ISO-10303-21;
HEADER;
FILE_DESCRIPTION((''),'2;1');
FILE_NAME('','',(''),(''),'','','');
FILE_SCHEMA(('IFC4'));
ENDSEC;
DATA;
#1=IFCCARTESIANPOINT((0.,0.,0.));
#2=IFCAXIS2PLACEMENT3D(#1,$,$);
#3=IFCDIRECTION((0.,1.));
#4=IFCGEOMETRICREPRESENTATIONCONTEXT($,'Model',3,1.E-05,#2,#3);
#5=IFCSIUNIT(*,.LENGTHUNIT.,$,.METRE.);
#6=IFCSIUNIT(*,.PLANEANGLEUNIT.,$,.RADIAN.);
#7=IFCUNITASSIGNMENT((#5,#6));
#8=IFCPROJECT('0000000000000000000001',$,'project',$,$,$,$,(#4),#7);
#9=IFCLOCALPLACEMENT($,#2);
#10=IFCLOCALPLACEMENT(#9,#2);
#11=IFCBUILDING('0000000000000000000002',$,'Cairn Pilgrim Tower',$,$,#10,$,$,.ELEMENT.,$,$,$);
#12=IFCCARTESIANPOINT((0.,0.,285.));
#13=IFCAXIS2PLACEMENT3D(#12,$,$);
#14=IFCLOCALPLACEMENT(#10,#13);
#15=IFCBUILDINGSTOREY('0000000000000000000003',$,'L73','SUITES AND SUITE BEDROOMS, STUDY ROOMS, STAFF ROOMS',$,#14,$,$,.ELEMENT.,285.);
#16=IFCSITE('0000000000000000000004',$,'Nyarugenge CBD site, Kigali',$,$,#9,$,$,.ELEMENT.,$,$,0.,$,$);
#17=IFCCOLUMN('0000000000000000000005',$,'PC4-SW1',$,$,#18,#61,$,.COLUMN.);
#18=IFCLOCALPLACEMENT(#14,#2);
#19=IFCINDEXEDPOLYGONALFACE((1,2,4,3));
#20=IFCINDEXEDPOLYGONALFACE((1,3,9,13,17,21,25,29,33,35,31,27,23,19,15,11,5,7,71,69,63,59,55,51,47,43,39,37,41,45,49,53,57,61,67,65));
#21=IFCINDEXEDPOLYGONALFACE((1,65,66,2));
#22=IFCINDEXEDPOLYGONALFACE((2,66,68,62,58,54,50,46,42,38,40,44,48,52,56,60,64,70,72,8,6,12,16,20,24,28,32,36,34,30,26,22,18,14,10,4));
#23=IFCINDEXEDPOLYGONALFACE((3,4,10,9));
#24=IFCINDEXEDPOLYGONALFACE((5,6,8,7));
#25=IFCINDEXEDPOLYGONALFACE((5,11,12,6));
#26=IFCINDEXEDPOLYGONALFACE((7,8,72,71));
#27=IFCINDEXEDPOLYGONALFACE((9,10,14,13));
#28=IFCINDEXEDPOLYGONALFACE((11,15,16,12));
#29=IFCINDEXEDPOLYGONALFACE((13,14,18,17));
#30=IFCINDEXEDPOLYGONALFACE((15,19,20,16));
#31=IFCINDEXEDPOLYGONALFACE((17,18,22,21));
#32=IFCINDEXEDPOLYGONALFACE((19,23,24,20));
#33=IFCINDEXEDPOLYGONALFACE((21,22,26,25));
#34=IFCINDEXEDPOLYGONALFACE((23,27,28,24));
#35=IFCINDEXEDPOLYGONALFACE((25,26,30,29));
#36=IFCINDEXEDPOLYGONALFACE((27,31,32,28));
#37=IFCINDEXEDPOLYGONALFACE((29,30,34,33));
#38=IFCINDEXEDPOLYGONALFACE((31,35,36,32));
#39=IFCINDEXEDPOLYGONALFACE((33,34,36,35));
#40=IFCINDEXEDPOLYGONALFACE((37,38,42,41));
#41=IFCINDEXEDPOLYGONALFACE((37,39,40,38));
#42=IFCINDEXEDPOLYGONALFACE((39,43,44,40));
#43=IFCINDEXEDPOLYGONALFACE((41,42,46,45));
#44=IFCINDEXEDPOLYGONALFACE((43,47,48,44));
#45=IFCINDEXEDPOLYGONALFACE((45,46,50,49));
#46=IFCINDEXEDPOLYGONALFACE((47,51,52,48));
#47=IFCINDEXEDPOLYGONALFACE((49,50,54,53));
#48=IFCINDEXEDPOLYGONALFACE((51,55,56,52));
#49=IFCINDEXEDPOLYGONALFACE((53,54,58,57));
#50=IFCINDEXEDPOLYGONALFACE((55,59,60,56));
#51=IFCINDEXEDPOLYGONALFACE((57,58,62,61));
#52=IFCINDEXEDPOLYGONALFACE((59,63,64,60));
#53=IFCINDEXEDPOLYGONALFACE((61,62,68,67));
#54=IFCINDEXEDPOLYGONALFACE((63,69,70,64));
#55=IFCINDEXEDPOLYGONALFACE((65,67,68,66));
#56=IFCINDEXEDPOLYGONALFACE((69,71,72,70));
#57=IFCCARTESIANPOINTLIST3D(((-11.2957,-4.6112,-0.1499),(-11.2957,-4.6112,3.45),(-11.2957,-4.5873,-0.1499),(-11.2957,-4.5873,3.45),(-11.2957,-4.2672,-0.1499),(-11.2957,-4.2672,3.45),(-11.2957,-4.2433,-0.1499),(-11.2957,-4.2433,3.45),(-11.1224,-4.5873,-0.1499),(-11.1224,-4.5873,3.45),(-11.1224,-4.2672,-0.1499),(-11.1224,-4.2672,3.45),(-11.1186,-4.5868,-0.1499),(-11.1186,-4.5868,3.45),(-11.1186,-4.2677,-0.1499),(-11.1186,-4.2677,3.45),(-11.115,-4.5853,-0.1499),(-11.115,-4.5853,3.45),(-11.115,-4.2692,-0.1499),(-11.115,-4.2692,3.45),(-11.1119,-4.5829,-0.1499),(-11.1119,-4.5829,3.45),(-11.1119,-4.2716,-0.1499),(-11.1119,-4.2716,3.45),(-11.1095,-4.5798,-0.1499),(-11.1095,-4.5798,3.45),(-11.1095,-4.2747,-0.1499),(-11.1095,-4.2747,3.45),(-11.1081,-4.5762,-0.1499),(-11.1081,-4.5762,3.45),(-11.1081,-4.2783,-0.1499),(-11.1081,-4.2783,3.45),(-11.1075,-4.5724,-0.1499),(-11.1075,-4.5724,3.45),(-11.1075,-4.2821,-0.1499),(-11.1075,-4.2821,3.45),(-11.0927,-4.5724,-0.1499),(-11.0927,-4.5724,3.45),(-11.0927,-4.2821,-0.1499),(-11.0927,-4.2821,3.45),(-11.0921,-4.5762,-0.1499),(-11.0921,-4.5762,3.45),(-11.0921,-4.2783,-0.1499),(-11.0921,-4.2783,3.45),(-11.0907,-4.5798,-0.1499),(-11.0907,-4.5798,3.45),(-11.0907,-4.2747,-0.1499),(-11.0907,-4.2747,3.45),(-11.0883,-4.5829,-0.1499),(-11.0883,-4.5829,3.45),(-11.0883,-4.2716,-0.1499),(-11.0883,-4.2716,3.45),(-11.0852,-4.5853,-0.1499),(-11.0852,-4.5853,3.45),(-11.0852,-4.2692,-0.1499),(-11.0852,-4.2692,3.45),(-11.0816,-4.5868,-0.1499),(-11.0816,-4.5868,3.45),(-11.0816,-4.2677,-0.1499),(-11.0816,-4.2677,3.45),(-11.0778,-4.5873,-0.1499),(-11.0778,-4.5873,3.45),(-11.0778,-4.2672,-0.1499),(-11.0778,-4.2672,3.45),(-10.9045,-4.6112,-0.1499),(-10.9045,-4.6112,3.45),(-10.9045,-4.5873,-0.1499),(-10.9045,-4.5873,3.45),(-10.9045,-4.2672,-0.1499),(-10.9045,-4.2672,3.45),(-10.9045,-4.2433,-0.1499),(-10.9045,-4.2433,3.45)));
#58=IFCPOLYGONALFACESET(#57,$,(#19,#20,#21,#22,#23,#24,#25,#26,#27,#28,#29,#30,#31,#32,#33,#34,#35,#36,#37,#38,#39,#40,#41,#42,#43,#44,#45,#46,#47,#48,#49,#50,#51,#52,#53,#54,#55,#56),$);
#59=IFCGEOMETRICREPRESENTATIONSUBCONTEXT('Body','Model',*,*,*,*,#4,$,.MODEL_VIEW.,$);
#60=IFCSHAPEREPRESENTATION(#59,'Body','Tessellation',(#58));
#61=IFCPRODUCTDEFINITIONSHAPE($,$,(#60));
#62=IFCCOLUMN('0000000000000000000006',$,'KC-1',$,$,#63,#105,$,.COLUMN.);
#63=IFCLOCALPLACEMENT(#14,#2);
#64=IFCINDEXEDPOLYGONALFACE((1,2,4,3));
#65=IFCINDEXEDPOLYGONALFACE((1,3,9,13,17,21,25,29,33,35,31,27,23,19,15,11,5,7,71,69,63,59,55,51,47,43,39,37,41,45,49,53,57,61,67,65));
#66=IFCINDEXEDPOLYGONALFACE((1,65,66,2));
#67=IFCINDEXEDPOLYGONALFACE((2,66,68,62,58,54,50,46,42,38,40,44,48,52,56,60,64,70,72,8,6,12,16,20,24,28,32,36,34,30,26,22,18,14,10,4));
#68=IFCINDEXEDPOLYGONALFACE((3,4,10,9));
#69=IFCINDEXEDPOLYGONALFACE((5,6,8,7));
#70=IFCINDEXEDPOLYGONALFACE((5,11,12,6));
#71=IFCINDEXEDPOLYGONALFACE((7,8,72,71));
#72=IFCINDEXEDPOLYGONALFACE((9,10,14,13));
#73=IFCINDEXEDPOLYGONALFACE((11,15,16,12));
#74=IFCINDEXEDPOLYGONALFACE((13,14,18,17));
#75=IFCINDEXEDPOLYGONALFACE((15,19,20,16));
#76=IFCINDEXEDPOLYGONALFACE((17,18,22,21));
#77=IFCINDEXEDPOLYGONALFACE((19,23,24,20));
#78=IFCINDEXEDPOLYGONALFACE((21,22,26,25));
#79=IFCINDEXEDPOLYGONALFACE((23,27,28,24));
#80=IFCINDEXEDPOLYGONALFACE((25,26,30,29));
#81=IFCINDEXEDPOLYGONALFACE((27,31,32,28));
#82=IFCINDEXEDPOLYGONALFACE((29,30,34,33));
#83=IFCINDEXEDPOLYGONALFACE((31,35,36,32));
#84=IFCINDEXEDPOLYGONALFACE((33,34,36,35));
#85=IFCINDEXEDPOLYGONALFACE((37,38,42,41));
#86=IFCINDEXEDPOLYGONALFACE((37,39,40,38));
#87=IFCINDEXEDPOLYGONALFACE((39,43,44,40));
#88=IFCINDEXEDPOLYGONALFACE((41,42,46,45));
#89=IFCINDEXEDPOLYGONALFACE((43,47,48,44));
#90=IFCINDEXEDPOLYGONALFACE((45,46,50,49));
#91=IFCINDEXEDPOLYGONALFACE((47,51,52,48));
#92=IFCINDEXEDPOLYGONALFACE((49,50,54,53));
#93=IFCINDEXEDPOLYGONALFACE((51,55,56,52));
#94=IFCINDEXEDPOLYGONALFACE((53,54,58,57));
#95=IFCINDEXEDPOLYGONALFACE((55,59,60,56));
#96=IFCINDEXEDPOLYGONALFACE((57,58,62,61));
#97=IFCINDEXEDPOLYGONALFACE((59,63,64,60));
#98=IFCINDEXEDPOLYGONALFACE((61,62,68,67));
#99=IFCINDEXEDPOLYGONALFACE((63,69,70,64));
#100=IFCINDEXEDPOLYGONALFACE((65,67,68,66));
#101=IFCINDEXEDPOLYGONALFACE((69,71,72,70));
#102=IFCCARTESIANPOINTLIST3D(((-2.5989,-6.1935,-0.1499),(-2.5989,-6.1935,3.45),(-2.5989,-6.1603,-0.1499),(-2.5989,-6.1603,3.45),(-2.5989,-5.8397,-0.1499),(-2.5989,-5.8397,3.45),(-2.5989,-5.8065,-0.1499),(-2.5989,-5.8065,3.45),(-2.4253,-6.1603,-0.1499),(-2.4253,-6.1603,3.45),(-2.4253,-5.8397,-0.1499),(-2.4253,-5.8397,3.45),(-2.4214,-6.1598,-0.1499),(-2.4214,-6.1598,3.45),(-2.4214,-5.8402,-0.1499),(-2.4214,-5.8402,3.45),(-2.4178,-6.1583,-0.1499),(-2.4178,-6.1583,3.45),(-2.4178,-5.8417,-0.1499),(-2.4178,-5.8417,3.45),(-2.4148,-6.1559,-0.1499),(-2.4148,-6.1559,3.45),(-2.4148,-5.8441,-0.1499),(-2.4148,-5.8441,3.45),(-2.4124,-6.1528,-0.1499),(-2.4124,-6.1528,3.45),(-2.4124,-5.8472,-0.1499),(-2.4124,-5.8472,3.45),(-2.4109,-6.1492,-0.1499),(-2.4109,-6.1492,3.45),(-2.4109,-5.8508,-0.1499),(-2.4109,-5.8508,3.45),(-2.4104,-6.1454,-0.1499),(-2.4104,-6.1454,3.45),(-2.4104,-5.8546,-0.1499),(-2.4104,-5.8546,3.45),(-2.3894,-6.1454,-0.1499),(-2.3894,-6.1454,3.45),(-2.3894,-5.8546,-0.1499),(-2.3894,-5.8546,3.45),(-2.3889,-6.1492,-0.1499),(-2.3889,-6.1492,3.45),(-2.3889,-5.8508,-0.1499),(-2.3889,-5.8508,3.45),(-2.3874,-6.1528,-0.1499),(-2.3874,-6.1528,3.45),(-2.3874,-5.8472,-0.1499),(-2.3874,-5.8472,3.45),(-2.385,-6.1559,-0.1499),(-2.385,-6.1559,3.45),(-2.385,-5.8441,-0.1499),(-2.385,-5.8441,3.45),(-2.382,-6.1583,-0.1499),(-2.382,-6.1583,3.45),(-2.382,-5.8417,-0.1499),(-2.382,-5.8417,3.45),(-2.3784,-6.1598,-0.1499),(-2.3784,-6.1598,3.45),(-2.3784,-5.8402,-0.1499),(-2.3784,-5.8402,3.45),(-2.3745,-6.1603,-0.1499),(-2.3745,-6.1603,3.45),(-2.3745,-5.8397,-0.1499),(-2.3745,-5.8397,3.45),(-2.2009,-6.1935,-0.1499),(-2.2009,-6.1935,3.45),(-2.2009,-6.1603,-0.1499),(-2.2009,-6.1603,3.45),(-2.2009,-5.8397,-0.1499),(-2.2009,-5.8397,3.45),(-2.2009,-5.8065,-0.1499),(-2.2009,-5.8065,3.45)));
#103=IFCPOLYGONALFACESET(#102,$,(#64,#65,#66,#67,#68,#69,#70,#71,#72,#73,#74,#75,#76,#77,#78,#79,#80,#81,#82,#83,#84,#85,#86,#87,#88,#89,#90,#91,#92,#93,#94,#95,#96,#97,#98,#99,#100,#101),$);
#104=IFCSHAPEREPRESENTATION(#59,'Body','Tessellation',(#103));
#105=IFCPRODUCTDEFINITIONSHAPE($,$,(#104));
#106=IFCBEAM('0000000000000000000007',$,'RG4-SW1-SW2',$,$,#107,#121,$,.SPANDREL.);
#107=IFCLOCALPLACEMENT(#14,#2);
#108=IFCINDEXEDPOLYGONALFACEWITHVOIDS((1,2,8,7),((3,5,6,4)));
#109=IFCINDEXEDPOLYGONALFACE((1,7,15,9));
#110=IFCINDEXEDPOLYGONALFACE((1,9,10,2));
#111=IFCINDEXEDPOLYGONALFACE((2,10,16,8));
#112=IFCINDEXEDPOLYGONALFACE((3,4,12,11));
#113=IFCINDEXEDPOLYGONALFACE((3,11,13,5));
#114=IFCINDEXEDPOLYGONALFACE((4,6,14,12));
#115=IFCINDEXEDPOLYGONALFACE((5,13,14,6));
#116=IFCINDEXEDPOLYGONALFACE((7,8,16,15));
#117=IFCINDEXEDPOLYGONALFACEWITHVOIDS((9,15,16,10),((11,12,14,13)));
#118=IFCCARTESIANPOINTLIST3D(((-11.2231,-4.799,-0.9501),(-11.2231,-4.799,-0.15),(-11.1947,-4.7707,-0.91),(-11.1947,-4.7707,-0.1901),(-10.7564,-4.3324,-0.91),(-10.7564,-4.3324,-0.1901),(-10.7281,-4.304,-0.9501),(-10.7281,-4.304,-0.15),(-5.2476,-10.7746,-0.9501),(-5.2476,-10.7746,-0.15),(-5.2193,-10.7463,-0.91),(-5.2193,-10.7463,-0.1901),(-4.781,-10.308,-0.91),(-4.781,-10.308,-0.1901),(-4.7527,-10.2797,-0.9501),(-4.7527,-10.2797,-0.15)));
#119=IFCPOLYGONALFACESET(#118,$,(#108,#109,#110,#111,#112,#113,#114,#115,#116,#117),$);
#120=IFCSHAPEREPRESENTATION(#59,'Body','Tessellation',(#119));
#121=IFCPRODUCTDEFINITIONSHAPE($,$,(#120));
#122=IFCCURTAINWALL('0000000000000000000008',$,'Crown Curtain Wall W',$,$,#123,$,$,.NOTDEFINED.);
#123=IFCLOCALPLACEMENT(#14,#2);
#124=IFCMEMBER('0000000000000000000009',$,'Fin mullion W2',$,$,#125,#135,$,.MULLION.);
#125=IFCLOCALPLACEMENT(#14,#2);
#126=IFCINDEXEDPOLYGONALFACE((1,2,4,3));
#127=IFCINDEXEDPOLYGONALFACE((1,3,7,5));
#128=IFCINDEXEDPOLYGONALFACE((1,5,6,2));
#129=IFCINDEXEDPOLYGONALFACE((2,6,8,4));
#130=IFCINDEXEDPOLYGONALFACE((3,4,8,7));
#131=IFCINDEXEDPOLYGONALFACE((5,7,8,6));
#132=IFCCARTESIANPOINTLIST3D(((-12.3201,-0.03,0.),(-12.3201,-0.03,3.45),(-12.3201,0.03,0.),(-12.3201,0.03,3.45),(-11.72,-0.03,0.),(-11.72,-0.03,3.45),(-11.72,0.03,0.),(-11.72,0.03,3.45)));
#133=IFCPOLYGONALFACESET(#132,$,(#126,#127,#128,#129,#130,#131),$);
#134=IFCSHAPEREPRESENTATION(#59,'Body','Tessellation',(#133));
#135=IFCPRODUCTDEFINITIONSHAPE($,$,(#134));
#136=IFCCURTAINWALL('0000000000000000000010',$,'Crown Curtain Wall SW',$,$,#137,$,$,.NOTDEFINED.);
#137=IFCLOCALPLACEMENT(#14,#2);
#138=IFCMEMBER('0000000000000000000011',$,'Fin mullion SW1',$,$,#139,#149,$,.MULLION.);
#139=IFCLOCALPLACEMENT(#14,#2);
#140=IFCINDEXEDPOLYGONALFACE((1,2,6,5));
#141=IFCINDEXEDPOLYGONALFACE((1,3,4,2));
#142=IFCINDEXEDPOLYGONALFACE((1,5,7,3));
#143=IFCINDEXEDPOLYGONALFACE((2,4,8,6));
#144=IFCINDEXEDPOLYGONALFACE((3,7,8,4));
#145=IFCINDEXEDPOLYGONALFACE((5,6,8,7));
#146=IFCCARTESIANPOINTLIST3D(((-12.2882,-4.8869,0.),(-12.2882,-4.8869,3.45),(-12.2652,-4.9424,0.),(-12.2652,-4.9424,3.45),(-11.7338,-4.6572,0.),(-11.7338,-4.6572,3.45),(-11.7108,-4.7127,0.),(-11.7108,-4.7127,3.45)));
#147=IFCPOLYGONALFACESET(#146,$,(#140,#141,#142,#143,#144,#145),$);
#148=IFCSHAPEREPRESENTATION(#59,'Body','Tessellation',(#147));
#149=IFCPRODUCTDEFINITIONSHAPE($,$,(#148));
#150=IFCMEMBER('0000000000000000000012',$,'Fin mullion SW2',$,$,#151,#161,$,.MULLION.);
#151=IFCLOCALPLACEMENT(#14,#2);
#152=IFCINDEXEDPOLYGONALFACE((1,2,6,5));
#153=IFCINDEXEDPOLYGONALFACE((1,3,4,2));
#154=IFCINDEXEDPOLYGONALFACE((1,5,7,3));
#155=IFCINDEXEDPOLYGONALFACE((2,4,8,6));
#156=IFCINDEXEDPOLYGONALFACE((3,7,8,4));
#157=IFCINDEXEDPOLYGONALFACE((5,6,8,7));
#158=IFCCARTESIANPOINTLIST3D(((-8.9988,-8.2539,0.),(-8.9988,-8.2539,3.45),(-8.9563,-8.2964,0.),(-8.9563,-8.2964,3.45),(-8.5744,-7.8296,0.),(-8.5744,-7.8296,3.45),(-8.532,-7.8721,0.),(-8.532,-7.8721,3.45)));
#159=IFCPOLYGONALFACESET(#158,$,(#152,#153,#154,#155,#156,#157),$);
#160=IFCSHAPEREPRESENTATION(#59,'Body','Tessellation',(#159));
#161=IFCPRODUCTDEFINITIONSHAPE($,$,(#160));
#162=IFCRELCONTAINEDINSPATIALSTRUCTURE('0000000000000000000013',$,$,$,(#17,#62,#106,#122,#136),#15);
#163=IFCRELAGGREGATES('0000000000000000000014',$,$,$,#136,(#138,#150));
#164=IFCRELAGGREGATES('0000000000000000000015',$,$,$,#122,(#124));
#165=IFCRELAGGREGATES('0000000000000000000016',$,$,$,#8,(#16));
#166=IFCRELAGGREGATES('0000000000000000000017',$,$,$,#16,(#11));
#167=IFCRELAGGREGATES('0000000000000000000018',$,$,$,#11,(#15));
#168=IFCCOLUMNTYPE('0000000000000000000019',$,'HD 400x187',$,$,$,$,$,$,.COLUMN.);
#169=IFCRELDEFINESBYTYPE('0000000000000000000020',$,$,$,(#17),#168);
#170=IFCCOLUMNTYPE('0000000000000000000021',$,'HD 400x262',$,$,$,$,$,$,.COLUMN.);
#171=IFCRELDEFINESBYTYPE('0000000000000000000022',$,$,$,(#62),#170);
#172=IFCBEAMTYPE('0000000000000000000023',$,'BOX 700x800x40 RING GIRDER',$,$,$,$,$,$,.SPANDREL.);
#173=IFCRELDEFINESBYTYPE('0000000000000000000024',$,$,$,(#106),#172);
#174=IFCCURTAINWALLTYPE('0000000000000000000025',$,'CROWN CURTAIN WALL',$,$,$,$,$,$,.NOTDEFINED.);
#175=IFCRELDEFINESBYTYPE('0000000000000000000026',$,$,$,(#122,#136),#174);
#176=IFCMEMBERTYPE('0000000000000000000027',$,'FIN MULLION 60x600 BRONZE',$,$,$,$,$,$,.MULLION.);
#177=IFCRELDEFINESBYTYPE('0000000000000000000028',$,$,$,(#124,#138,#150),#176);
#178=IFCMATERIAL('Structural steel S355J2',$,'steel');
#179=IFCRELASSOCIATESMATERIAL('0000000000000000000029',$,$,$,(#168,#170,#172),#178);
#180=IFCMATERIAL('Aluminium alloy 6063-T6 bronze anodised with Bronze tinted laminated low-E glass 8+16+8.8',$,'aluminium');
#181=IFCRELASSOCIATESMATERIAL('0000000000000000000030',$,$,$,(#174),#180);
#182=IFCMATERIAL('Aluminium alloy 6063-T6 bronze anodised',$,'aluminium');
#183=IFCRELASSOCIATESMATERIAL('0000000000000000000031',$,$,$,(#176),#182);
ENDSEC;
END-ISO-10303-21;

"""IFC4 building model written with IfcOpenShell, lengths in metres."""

from ifc_helpers import new_model, si_unit, direction, frame, origin, origin_2d, place, context, subcontext, project, spatial, rectangle, hollow_rectangle, i_section, extrude, material, material_profile, profile_set, type_object, element, aggregate, save


model = new_model("IFC4")

# Units and contexts
model_context = context("Model", 3, precision=1e-05, world=origin(), true_north=direction((0.0, 1.0)))
body_context = subcontext(model_context, "Body", "Model", "MODEL_VIEW")
ifc_project = project(units=[si_unit("LENGTHUNIT", "METRE"), si_unit("PLANEANGLEUNIT", "RADIAN")], contexts=[model_context])

# Site, building, storey
site_placement = place(None, origin())
site = spatial("IfcSite", under=ifc_project, at=site_placement, Name="Nyarugenge CBD site, Kigali", CompositionType="ELEMENT", RefElevation=0.0)
building_placement = place(site_placement, origin())
building = spatial("IfcBuilding", under=site, at=building_placement, Name="Cairn Pilgrim Tower", CompositionType="ELEMENT")
storey_placement = place(building_placement, frame((0.0, 0.0, 285.0)))
storey = spatial("IfcBuildingStorey", under=building, at=storey_placement, Name="L73", Description="SUITES AND SUITE BEDROOMS, STUDY ROOMS, STAFF ROOMS", CompositionType="ELEMENT", Elevation=285.0)

# Columns
ifc_material_1 = material(Name="Structural steel S355J2", Category="steel")
ifc_material_profile_1 = material_profile(ifc_material_1, i_section(OverallWidth=0.3911, OverallDepth=0.3679, WebThickness=0.0149, FlangeThickness=0.0239, FilletRadius=0.0149, at=origin_2d()), Name="HD 400x187")
ifc_profile_set_1 = profile_set([ifc_material_profile_1], Name="Structural steel S355J2")
column_type_1 = type_object("IfcColumnType", Name="HD 400x187", PredefinedType="COLUMN", material=ifc_profile_set_1)
column_1_placement = place(storey_placement, frame((-11.1001, -4.4272, -0.1499), z_axis=(0.0, 0.0, 1.0), x_axis=(1.0, 0.0, 0.0)))
element("IfcColumn", 1, at=column_1_placement, inside=storey, type_object=column_type_1, Name="PC4-SW1", PredefinedType="COLUMN", context=body_context, shape_type="SweptSolid", body=[
    extrude(i_section(OverallWidth=0.3911, OverallDepth=0.3679, WebThickness=0.0149, FlangeThickness=0.0239, FilletRadius=0.0149, at=origin_2d()), origin(), (0.0, 0.0, 1.0), 3.5999),
])
ifc_material_profile_2 = material_profile(ifc_material_1, i_section(OverallWidth=0.3979, OverallDepth=0.387, WebThickness=0.021, FlangeThickness=0.0332, FilletRadius=0.0149, at=origin_2d()), Name="HD 400x262")
ifc_profile_set_2 = profile_set([ifc_material_profile_2], Name="Structural steel S355J2")
column_type_2 = type_object("IfcColumnType", Name="HD 400x262", PredefinedType="COLUMN", material=ifc_profile_set_2)
column_2_placement = place(storey_placement, frame((-2.3999, -6.0, -0.1499), z_axis=(0.0, 0.0, 1.0), x_axis=(1.0, 0.0, 0.0)))
element("IfcColumn", 2, at=column_2_placement, inside=storey, type_object=column_type_2, Name="KC-1", PredefinedType="COLUMN", context=body_context, shape_type="SweptSolid", body=[
    extrude(i_section(OverallWidth=0.3979, OverallDepth=0.387, WebThickness=0.021, FlangeThickness=0.0332, FilletRadius=0.0149, at=origin_2d()), origin(), (0.0, 0.0, 1.0), 3.5999),
])

# Beam
ifc_material_profile_3 = material_profile(ifc_material_1, hollow_rectangle(XDim=0.7, YDim=0.8, WallThickness=0.04, at=origin_2d()), Name="BOX 700x800x40")
ifc_profile_set_3 = profile_set([ifc_material_profile_3], Name="Structural steel S355J2")
beam_type_1 = type_object("IfcBeamType", Name="BOX 700x800x40 RING GIRDER", PredefinedType="SPANDREL", material=ifc_profile_set_3)
beam_1_placement = place(storey_placement, frame((-10.9756, -4.5515, -0.55), z_axis=(0.707092, -0.707121, 0.0), x_axis=(0.707121, 0.707092, 0.0)))
element("IfcBeam", 3, at=beam_1_placement, inside=storey, type_object=beam_type_1, Name="RG4-SW1-SW2", PredefinedType="SPANDREL", context=body_context, shape_type="SweptSolid", body=[
    extrude(hollow_rectangle(XDim=0.7, YDim=0.8, WallThickness=0.04, at=origin_2d()), origin(), (0.0, 0.0, 1.0), 8.4507),
])

# Curtain wall, member
ifc_material_2 = material(Name="Aluminium alloy 6063-T6 bronze anodised with Bronze tinted laminated low-E glass 8+16+8.8", Category="aluminium")
curtain_wall_type = type_object("IfcCurtainWallType", Name="CROWN CURTAIN WALL", PredefinedType="NOTDEFINED", material=ifc_material_2)
curtain_wall_1_placement = place(storey_placement, origin())
curtain_wall_1 = element("IfcCurtainWall", 4, at=curtain_wall_1_placement, inside=storey, type_object=curtain_wall_type, Name="Crown Curtain Wall W", PredefinedType="NOTDEFINED")
ifc_material_3 = material(Name="Aluminium alloy 6063-T6 bronze anodised", Category="aluminium")
ifc_material_profile_4 = material_profile(ifc_material_3, rectangle(XDim=0.6001, YDim=0.0601, at=origin_2d()), Name="FIN MULLION 60x600 BRONZE")
ifc_profile_set_4 = profile_set([ifc_material_profile_4], Name="Aluminium alloy 6063-T6 bronze anodised")
member_type_1 = type_object("IfcMemberType", Name="FIN MULLION 60x600 BRONZE", PredefinedType="MULLION", material=ifc_profile_set_4)
member_1_placement = place(storey_placement, frame((-12.02, 0.0, 0.0), z_axis=(0.0, 0.0, 1.0), x_axis=(-1.0, 0.0, 0.0)))
member_1 = element("IfcMember", 5, at=member_1_placement, type_object=member_type_1, Name="Fin mullion W2", PredefinedType="MULLION", context=body_context, shape_type="SweptSolid", body=[
    extrude(rectangle(XDim=0.6001, YDim=0.0601, at=origin_2d()), origin(), (0.0, 0.0, 1.0), 3.45),
])

# Curtain wall, members
curtain_wall_2_placement = place(storey_placement, origin())
curtain_wall_2 = element("IfcCurtainWall", 6, at=curtain_wall_2_placement, inside=storey, type_object=curtain_wall_type, Name="Crown Curtain Wall SW", PredefinedType="NOTDEFINED")
member_2_placement = place(storey_placement, frame((-11.9995, -4.7998, 0.0), z_axis=(0.0, 0.0, 1.0), x_axis=(-0.92388, -0.382683, 0.0)))
member_2 = element("IfcMember", 7, at=member_2_placement, type_object=member_type_1, Name="Fin mullion SW1", PredefinedType="MULLION", context=body_context, shape_type="SweptSolid", body=[
    extrude(rectangle(XDim=0.6001, YDim=0.0601, at=origin_2d()), origin(), (0.0, 0.0, 1.0), 3.45),
])
member_3_placement = place(storey_placement, frame((-8.7654, -8.063, 0.0), z_axis=(0.0, 0.0, 1.0), x_axis=(-0.707107, -0.707107, 0.0)))
member_3 = element("IfcMember", 8, at=member_3_placement, type_object=member_type_1, Name="Fin mullion SW2", PredefinedType="MULLION", context=body_context, shape_type="SweptSolid", body=[
    extrude(rectangle(XDim=0.6001, YDim=0.0601, at=origin_2d()), origin(), (0.0, 0.0, 1.0), 3.45),
])

aggregate(curtain_wall_2, [member_2, member_3])
aggregate(curtain_wall_1, [member_1])

save(model, "model.ifc")
